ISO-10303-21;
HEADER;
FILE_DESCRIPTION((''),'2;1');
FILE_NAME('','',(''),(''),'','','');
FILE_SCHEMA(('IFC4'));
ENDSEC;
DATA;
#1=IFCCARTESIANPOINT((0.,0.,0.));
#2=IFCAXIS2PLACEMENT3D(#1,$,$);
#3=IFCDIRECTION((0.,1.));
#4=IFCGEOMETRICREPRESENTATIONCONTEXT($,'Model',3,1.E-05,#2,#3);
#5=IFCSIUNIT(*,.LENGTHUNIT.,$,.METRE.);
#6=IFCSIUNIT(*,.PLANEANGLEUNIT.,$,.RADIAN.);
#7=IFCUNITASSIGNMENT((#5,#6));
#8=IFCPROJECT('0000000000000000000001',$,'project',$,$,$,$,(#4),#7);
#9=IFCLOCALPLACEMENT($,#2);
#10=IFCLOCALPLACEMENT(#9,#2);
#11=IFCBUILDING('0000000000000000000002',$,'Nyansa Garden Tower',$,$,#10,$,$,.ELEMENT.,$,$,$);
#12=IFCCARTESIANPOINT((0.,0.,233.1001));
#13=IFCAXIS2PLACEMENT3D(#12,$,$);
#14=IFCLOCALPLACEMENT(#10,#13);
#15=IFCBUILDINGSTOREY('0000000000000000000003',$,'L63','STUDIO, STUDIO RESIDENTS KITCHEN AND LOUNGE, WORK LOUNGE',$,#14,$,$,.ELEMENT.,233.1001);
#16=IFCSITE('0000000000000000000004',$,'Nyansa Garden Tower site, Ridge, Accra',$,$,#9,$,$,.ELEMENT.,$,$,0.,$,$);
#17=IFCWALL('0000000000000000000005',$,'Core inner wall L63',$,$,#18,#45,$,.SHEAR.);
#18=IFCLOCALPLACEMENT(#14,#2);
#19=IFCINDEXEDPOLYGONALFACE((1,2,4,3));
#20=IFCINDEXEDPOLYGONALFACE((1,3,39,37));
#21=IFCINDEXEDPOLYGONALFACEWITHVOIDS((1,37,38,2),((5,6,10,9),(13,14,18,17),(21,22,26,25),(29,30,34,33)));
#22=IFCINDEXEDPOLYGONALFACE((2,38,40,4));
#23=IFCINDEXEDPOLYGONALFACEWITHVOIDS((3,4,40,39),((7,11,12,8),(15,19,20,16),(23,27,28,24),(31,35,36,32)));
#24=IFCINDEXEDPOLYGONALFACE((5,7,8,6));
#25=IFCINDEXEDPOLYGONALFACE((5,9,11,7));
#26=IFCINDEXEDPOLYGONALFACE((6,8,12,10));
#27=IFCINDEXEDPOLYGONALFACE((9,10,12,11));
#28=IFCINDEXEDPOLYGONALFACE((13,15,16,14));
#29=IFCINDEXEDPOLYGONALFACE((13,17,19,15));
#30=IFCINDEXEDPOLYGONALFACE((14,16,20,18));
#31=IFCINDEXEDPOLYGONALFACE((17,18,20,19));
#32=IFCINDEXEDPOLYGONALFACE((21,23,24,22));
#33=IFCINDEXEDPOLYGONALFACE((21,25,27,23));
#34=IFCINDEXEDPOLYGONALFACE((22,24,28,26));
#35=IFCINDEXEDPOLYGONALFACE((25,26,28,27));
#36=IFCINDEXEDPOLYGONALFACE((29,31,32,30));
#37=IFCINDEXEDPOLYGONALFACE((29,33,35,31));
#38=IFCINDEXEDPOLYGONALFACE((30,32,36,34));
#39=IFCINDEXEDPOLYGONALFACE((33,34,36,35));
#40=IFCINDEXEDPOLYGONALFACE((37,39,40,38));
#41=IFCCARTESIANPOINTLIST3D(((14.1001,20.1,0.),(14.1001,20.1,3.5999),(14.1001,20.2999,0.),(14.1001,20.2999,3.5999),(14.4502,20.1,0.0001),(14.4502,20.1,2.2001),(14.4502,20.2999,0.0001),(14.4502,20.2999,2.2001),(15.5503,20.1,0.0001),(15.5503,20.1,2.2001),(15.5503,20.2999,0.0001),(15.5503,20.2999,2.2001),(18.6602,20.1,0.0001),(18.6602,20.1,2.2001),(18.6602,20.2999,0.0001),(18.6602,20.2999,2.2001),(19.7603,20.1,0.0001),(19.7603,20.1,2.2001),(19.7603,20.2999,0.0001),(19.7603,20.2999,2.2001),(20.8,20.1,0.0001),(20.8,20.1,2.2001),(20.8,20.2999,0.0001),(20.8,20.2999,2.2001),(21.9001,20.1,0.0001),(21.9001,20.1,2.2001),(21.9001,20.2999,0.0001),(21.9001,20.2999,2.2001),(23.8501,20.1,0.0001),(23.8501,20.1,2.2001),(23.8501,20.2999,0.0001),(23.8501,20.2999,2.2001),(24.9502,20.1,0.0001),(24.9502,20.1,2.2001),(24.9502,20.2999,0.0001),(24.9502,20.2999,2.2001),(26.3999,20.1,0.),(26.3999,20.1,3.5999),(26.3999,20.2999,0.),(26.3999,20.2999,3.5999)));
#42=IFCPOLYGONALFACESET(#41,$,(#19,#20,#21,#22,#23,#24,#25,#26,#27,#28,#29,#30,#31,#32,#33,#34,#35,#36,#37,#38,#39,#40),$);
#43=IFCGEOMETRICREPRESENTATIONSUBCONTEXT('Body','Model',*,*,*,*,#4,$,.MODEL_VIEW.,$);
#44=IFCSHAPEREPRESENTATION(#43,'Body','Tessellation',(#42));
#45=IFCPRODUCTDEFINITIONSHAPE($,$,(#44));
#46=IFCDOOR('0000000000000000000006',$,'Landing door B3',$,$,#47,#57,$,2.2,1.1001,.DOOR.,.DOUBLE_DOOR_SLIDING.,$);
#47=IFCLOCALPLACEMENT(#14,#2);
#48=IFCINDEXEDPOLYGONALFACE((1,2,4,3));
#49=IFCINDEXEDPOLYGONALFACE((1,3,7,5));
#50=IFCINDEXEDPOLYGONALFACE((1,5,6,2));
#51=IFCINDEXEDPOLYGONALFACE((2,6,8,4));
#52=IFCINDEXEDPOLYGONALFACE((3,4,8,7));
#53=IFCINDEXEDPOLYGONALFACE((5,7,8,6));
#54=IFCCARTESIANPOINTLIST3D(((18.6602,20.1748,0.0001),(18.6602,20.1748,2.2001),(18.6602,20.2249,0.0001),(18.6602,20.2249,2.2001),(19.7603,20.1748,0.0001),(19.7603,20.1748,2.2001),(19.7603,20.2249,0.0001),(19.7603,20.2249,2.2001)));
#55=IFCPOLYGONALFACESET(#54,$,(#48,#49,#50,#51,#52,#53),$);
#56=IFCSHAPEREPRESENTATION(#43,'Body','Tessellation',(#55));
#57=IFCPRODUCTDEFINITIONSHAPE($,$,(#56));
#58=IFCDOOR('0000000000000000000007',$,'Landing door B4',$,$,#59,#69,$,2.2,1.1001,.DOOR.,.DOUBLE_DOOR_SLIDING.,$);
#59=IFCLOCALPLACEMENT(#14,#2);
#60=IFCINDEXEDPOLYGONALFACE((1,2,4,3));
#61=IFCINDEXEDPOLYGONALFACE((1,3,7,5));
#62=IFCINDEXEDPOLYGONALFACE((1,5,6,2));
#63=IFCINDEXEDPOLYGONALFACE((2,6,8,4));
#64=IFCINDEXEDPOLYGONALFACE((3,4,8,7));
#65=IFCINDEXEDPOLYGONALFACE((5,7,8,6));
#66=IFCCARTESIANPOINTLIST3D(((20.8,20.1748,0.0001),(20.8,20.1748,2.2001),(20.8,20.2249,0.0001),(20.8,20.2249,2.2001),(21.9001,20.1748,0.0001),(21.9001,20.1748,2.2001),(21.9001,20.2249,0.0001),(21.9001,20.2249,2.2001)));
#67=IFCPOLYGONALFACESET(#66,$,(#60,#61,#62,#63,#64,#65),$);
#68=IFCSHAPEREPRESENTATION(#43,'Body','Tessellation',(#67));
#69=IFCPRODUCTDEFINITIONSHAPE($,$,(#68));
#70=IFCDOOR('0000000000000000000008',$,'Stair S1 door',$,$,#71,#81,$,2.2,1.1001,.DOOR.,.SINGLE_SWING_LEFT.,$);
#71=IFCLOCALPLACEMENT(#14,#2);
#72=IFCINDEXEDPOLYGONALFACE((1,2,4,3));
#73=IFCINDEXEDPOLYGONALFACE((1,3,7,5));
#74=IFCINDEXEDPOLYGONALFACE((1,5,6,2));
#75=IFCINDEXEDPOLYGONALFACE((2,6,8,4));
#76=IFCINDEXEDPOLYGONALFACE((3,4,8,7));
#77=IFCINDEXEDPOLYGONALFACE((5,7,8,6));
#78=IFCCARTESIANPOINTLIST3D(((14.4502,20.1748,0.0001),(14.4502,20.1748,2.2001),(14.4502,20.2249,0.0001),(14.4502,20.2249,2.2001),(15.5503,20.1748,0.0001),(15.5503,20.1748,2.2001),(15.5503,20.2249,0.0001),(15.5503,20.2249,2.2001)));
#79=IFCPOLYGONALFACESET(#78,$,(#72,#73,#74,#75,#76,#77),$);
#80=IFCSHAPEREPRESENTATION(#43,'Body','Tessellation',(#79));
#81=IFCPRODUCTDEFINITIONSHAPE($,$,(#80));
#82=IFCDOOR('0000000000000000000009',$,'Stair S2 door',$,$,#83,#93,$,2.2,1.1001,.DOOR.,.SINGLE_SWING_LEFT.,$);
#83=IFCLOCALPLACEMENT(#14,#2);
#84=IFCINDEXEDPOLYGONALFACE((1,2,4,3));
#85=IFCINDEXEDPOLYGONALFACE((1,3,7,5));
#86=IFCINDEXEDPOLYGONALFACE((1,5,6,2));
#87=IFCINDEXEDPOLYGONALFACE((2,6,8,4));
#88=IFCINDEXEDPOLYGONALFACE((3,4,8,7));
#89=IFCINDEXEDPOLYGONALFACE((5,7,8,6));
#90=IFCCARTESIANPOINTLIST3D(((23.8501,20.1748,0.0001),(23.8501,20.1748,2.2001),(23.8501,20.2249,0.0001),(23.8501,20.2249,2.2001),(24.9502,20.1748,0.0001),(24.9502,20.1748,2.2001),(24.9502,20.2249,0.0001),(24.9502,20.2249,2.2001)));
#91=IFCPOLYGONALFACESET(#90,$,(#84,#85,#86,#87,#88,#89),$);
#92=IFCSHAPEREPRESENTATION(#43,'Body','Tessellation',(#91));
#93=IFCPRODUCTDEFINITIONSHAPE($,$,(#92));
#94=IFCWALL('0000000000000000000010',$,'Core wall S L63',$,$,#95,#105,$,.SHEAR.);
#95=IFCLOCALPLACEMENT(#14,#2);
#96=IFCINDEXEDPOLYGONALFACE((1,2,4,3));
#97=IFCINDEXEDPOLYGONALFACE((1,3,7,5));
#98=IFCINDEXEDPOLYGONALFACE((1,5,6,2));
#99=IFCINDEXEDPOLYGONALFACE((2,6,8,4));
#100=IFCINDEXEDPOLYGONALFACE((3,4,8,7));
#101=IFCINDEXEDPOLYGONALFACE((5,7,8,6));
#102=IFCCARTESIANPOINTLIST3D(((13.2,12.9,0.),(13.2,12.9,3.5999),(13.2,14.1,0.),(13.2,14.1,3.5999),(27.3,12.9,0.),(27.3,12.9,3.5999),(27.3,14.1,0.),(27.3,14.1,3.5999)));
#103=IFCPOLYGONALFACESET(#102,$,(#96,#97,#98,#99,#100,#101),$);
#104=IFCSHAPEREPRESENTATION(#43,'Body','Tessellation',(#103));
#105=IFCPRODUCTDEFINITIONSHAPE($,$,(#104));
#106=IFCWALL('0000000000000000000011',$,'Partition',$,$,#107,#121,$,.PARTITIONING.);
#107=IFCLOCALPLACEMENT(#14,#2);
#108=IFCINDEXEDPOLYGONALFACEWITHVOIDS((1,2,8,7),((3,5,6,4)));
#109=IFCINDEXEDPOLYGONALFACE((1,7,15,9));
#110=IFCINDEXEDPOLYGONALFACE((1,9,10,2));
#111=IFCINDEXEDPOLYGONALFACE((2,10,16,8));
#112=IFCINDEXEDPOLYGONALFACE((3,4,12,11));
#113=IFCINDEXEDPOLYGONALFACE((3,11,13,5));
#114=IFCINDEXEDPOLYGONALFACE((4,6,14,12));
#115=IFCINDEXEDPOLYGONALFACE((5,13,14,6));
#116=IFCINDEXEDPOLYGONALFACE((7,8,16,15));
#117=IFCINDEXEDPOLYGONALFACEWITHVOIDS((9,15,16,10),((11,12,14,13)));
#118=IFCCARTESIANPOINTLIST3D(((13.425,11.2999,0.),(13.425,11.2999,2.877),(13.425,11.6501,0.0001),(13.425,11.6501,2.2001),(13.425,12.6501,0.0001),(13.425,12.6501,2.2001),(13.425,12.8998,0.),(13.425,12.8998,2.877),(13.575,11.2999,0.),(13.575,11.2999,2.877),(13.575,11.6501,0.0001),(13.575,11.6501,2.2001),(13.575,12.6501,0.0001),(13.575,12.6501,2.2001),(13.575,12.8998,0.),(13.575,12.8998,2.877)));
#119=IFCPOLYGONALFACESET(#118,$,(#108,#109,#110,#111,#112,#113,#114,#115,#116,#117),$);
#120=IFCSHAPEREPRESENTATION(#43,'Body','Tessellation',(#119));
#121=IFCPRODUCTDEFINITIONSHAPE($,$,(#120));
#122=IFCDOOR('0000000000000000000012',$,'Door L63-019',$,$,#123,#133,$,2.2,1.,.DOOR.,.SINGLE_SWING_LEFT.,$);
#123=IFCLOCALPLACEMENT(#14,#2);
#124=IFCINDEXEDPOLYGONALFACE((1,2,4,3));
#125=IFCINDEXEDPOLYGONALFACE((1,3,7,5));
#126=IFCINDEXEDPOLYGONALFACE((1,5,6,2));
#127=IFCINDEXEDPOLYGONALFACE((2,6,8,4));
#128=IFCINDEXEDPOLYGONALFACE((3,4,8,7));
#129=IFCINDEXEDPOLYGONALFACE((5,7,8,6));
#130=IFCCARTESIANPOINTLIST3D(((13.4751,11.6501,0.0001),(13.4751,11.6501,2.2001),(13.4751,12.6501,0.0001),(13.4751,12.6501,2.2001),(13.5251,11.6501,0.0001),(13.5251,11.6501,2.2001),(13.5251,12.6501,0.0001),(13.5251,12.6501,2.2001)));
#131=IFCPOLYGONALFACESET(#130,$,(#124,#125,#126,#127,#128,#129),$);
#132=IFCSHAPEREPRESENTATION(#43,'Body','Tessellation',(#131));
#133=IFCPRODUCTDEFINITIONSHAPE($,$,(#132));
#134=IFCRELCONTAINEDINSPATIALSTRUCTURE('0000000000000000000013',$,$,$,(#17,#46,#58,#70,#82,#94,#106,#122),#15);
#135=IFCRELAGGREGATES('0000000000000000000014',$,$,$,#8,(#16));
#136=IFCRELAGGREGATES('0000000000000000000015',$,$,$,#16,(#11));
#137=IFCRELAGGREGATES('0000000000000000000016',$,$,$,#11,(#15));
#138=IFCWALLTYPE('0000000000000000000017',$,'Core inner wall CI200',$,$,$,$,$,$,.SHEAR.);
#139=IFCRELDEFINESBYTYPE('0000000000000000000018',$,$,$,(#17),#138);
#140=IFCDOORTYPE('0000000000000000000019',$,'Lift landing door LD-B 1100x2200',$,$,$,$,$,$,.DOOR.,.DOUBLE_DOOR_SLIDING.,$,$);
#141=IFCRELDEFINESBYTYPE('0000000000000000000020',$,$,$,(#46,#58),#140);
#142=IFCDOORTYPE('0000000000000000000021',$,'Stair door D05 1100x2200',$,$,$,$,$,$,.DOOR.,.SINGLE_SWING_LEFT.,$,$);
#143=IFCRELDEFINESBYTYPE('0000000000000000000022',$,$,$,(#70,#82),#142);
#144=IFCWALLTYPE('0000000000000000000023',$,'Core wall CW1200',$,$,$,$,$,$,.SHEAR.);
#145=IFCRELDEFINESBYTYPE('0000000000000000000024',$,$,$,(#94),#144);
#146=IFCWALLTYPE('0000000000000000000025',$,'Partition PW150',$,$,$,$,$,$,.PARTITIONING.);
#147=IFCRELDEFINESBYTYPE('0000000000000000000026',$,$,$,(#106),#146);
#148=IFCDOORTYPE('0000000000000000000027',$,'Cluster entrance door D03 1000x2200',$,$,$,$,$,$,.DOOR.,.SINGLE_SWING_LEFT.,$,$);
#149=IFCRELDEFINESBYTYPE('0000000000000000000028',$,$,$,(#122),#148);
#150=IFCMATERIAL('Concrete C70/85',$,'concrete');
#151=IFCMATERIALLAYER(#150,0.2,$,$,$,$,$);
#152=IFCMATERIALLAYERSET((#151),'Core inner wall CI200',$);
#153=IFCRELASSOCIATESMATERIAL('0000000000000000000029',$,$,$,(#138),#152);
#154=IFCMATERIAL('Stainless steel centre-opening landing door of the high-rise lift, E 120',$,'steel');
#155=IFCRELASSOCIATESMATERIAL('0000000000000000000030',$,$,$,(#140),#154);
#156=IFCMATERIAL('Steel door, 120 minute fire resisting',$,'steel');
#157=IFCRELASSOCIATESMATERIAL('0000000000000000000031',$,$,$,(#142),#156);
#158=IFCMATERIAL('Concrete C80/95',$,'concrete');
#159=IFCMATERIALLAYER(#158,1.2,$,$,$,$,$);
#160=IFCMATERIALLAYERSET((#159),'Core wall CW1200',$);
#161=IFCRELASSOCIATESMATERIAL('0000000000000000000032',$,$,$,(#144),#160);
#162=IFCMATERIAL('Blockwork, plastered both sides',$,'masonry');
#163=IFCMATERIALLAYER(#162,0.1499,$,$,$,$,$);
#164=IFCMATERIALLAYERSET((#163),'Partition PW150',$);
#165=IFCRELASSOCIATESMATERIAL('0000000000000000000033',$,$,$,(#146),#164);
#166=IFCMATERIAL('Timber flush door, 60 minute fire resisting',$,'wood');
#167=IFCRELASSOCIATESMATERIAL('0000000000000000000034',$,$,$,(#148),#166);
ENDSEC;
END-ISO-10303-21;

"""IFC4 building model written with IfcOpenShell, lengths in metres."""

from ifc_helpers import new_model, si_unit, direction, frame, frame_2d, origin, place, context, subcontext, project, spatial, rectangle, extrude, material, layer, layer_set, type_object, element, fill, save


model = new_model("IFC4")

# Units and contexts
model_context = context("Model", 3, precision=1e-05, world=origin(), true_north=direction((0.0, 1.0)))
body_context = subcontext(model_context, "Body", "Model", "MODEL_VIEW")
ifc_project = project(units=[si_unit("LENGTHUNIT", "METRE"), si_unit("PLANEANGLEUNIT", "RADIAN")], contexts=[model_context])

# Site, building, storey
site_placement = place(None, origin())
site = spatial("IfcSite", under=ifc_project, at=site_placement, Name="Nyansa Garden Tower site, Ridge, Accra", CompositionType="ELEMENT", RefElevation=0.0)
building_placement = place(site_placement, origin())
building = spatial("IfcBuilding", under=site, at=building_placement, Name="Nyansa Garden Tower", CompositionType="ELEMENT")
storey_placement = place(building_placement, frame((0.0, 0.0, 233.1001)))
storey = spatial("IfcBuildingStorey", under=building, at=storey_placement, Name="L63", Description="STUDIO, STUDIO RESIDENTS KITCHEN AND LOUNGE, WORK LOUNGE", CompositionType="ELEMENT", Elevation=233.1001)

# Wall, openings, doors
ifc_material_1 = material(Name="Concrete C70/85", Category="concrete")
ifc_layer_1 = layer(ifc_material_1, 0.2)
ifc_layer_set_1 = layer_set([ifc_layer_1], Name="Core inner wall CI200")
wall_type_1 = type_object("IfcWallType", Name="Core inner wall CI200", PredefinedType="SHEAR", material=ifc_layer_set_1)
ifc_material_2 = material(Name="Stainless steel centre-opening landing door of the high-rise lift, E 120", Category="steel")
door_type_1 = type_object("IfcDoorType", Name="Lift landing door LD-B 1100x2200", OperationType="DOUBLE_DOOR_SLIDING", PredefinedType="DOOR", material=ifc_material_2)
wall_1_placement = place(storey_placement, frame((14.1001, 20.2, 0.0), z_axis=(0.0, 0.0, 1.0), x_axis=(1.0, 0.0, 0.0)))
wall_1 = element("IfcWall", 1, at=wall_1_placement, inside=storey, type_object=wall_type_1, Name="Core inner wall L63", PredefinedType="SHEAR", context=body_context, shape_type="SweptSolid", body=[
    extrude(rectangle(XDim=12.2998, YDim=0.2, at=frame_2d((6.1499, 0.0))), origin(), (0.0, 0.0, 1.0), 3.5999),
])
opening_1_placement = place(wall_1_placement, frame((4.5601, 0.0, 0.0)))
opening_1 = element("IfcOpeningElement", 2, at=opening_1_placement, cuts=wall_1, PredefinedType="OPENING", context=body_context, shape_type="SweptSolid", body=[
    extrude(rectangle(XDim=1.1001, YDim=2.2, at=frame_2d((0.55, 1.1001))), frame((0.0, 0.1099, 0.0), z_axis=(0.0, -1.0, 0.0), x_axis=(1.0, 0.0, 0.0)), (0.0, 0.0, 1.0), 0.22),
])
opening_2_placement = place(wall_1_placement, frame((6.7, 0.0, 0.0)))
opening_2 = element("IfcOpeningElement", 3, at=opening_2_placement, cuts=wall_1, PredefinedType="OPENING", context=body_context, shape_type="SweptSolid", body=[
    extrude(rectangle(XDim=1.1001, YDim=2.2, at=frame_2d((0.55, 1.1001))), frame((0.0, 0.1099, 0.0), z_axis=(0.0, -1.0, 0.0), x_axis=(1.0, 0.0, 0.0)), (0.0, 0.0, 1.0), 0.22),
])
opening_3_placement = place(wall_1_placement, frame((0.3501, 0.0, 0.0)))
opening_3 = element("IfcOpeningElement", 4, at=opening_3_placement, cuts=wall_1, PredefinedType="OPENING", context=body_context, shape_type="SweptSolid", body=[
    extrude(rectangle(XDim=1.1001, YDim=2.2, at=frame_2d((0.55, 1.1001))), frame((0.0, 0.1099, 0.0), z_axis=(0.0, -1.0, 0.0), x_axis=(1.0, 0.0, 0.0)), (0.0, 0.0, 1.0), 0.22),
])
opening_4_placement = place(wall_1_placement, frame((9.75, 0.0, 0.0)))
opening_4 = element("IfcOpeningElement", 5, at=opening_4_placement, cuts=wall_1, PredefinedType="OPENING", context=body_context, shape_type="SweptSolid", body=[
    extrude(rectangle(XDim=1.1001, YDim=2.2, at=frame_2d((0.55, 1.1001))), frame((0.0, 0.1099, 0.0), z_axis=(0.0, -1.0, 0.0), x_axis=(1.0, 0.0, 0.0)), (0.0, 0.0, 1.0), 0.22),
])
door_1_placement = place(opening_1_placement, origin())
door_1 = element("IfcDoor", 6, at=door_1_placement, inside=storey, type_object=door_type_1, Name="Landing door B3", OperationType="DOUBLE_DOOR_SLIDING", OverallHeight=2.2, OverallWidth=1.1001, PredefinedType="DOOR", context=body_context, shape_type="SweptSolid", body=[
    extrude(rectangle(XDim=1.1001, YDim=2.2, at=frame_2d((0.55, 1.1001))), frame((0.0, 0.0249, 0.0), z_axis=(0.0, -1.0, 0.0), x_axis=(1.0, 0.0, 0.0)), (0.0, 0.0, 1.0), 0.05),
])
fill(opening_1, door_1)
door_2_placement = place(opening_2_placement, origin())
door_2 = element("IfcDoor", 7, at=door_2_placement, inside=storey, type_object=door_type_1, Name="Landing door B4", OperationType="DOUBLE_DOOR_SLIDING", OverallHeight=2.2, OverallWidth=1.1001, PredefinedType="DOOR", context=body_context, shape_type="SweptSolid", body=[
    extrude(rectangle(XDim=1.1001, YDim=2.2, at=frame_2d((0.55, 1.1001))), frame((0.0, 0.0249, 0.0), z_axis=(0.0, -1.0, 0.0), x_axis=(1.0, 0.0, 0.0)), (0.0, 0.0, 1.0), 0.05),
])
fill(opening_2, door_2)
ifc_material_3 = material(Name="Steel door, 120 minute fire resisting", Category="steel")
door_type_2 = type_object("IfcDoorType", Name="Stair door D05 1100x2200", OperationType="SINGLE_SWING_LEFT", PredefinedType="DOOR", material=ifc_material_3)
door_3_placement = place(opening_3_placement, origin())
door_3 = element("IfcDoor", 8, at=door_3_placement, inside=storey, type_object=door_type_2, Name="Stair S1 door", OperationType="SINGLE_SWING_LEFT", OverallHeight=2.2, OverallWidth=1.1001, PredefinedType="DOOR", context=body_context, shape_type="SweptSolid", body=[
    extrude(rectangle(XDim=1.1001, YDim=2.2, at=frame_2d((0.55, 1.1001))), frame((0.0, 0.0249, 0.0), z_axis=(0.0, -1.0, 0.0), x_axis=(1.0, 0.0, 0.0)), (0.0, 0.0, 1.0), 0.05),
])
fill(opening_3, door_3)
door_4_placement = place(opening_4_placement, origin())
door_4 = element("IfcDoor", 9, at=door_4_placement, inside=storey, type_object=door_type_2, Name="Stair S2 door", OperationType="SINGLE_SWING_LEFT", OverallHeight=2.2, OverallWidth=1.1001, PredefinedType="DOOR", context=body_context, shape_type="SweptSolid", body=[
    extrude(rectangle(XDim=1.1001, YDim=2.2, at=frame_2d((0.55, 1.1001))), frame((0.0, 0.0249, 0.0), z_axis=(0.0, -1.0, 0.0), x_axis=(1.0, 0.0, 0.0)), (0.0, 0.0, 1.0), 0.05),
])
fill(opening_4, door_4)

# Wall
ifc_material_4 = material(Name="Concrete C80/95", Category="concrete")
ifc_layer_2 = layer(ifc_material_4, 1.2)
ifc_layer_set_2 = layer_set([ifc_layer_2], Name="Core wall CW1200")
wall_type_2 = type_object("IfcWallType", Name="Core wall CW1200", PredefinedType="SHEAR", material=ifc_layer_set_2)
wall_2_placement = place(storey_placement, frame((13.2, 13.5, 0.0), z_axis=(0.0, 0.0, 1.0), x_axis=(1.0, 0.0, 0.0)))
element("IfcWall", 10, at=wall_2_placement, inside=storey, type_object=wall_type_2, Name="Core wall S L63", PredefinedType="SHEAR", context=body_context, shape_type="SweptSolid", body=[
    extrude(rectangle(XDim=14.1001, YDim=1.2, at=frame_2d((7.05, 0.0))), origin(), (0.0, 0.0, 1.0), 3.5999),
])

# Wall, opening, door
ifc_material_5 = material(Name="Blockwork, plastered both sides", Category="masonry")
ifc_layer_3 = layer(ifc_material_5, 0.1499)
ifc_layer_set_3 = layer_set([ifc_layer_3], Name="Partition PW150")
wall_type_3 = type_object("IfcWallType", Name="Partition PW150", PredefinedType="PARTITIONING", material=ifc_layer_set_3)
wall_3_placement = place(storey_placement, frame((13.5, 11.3, 0.0), z_axis=(0.0, 0.0, 1.0), x_axis=(0.0, 1.0, 0.0)))
wall_3 = element("IfcWall", 11, at=wall_3_placement, inside=storey, type_object=wall_type_3, Name="Partition", PredefinedType="PARTITIONING", context=body_context, shape_type="SweptSolid", body=[
    extrude(rectangle(XDim=1.5999, YDim=0.1499, at=frame_2d((0.7998, 0.0))), origin(), (0.0, 0.0, 1.0), 2.877),
])
opening_5_placement = place(wall_3_placement, frame((0.3501, 0.0, 0.0)))
opening_5 = element("IfcOpeningElement", 12, at=opening_5_placement, cuts=wall_3, PredefinedType="OPENING", context=body_context, shape_type="SweptSolid", body=[
    extrude(rectangle(XDim=1.0, YDim=2.2, at=frame_2d((0.5, 1.1001))), frame((0.0, 0.085, 0.0), z_axis=(0.0, -1.0, 0.0), x_axis=(1.0, 0.0, 0.0)), (0.0, 0.0, 1.0), 0.1699),
])
ifc_material_6 = material(Name="Timber flush door, 60 minute fire resisting", Category="wood")
door_type_3 = type_object("IfcDoorType", Name="Cluster entrance door D03 1000x2200", OperationType="SINGLE_SWING_LEFT", PredefinedType="DOOR", material=ifc_material_6)
door_5_placement = place(opening_5_placement, origin())
door_5 = element("IfcDoor", 13, at=door_5_placement, inside=storey, type_object=door_type_3, Name="Door L63-019", OperationType="SINGLE_SWING_LEFT", OverallHeight=2.2, OverallWidth=1.0, PredefinedType="DOOR", context=body_context, shape_type="SweptSolid", body=[
    extrude(rectangle(XDim=1.0, YDim=2.2, at=frame_2d((0.5, 1.1001))), frame((0.0, 0.0249, 0.0), z_axis=(0.0, -1.0, 0.0), x_axis=(1.0, 0.0, 0.0)), (0.0, 0.0, 1.0), 0.05),
])
fill(opening_5, door_5)

save(model, "model.ifc")
